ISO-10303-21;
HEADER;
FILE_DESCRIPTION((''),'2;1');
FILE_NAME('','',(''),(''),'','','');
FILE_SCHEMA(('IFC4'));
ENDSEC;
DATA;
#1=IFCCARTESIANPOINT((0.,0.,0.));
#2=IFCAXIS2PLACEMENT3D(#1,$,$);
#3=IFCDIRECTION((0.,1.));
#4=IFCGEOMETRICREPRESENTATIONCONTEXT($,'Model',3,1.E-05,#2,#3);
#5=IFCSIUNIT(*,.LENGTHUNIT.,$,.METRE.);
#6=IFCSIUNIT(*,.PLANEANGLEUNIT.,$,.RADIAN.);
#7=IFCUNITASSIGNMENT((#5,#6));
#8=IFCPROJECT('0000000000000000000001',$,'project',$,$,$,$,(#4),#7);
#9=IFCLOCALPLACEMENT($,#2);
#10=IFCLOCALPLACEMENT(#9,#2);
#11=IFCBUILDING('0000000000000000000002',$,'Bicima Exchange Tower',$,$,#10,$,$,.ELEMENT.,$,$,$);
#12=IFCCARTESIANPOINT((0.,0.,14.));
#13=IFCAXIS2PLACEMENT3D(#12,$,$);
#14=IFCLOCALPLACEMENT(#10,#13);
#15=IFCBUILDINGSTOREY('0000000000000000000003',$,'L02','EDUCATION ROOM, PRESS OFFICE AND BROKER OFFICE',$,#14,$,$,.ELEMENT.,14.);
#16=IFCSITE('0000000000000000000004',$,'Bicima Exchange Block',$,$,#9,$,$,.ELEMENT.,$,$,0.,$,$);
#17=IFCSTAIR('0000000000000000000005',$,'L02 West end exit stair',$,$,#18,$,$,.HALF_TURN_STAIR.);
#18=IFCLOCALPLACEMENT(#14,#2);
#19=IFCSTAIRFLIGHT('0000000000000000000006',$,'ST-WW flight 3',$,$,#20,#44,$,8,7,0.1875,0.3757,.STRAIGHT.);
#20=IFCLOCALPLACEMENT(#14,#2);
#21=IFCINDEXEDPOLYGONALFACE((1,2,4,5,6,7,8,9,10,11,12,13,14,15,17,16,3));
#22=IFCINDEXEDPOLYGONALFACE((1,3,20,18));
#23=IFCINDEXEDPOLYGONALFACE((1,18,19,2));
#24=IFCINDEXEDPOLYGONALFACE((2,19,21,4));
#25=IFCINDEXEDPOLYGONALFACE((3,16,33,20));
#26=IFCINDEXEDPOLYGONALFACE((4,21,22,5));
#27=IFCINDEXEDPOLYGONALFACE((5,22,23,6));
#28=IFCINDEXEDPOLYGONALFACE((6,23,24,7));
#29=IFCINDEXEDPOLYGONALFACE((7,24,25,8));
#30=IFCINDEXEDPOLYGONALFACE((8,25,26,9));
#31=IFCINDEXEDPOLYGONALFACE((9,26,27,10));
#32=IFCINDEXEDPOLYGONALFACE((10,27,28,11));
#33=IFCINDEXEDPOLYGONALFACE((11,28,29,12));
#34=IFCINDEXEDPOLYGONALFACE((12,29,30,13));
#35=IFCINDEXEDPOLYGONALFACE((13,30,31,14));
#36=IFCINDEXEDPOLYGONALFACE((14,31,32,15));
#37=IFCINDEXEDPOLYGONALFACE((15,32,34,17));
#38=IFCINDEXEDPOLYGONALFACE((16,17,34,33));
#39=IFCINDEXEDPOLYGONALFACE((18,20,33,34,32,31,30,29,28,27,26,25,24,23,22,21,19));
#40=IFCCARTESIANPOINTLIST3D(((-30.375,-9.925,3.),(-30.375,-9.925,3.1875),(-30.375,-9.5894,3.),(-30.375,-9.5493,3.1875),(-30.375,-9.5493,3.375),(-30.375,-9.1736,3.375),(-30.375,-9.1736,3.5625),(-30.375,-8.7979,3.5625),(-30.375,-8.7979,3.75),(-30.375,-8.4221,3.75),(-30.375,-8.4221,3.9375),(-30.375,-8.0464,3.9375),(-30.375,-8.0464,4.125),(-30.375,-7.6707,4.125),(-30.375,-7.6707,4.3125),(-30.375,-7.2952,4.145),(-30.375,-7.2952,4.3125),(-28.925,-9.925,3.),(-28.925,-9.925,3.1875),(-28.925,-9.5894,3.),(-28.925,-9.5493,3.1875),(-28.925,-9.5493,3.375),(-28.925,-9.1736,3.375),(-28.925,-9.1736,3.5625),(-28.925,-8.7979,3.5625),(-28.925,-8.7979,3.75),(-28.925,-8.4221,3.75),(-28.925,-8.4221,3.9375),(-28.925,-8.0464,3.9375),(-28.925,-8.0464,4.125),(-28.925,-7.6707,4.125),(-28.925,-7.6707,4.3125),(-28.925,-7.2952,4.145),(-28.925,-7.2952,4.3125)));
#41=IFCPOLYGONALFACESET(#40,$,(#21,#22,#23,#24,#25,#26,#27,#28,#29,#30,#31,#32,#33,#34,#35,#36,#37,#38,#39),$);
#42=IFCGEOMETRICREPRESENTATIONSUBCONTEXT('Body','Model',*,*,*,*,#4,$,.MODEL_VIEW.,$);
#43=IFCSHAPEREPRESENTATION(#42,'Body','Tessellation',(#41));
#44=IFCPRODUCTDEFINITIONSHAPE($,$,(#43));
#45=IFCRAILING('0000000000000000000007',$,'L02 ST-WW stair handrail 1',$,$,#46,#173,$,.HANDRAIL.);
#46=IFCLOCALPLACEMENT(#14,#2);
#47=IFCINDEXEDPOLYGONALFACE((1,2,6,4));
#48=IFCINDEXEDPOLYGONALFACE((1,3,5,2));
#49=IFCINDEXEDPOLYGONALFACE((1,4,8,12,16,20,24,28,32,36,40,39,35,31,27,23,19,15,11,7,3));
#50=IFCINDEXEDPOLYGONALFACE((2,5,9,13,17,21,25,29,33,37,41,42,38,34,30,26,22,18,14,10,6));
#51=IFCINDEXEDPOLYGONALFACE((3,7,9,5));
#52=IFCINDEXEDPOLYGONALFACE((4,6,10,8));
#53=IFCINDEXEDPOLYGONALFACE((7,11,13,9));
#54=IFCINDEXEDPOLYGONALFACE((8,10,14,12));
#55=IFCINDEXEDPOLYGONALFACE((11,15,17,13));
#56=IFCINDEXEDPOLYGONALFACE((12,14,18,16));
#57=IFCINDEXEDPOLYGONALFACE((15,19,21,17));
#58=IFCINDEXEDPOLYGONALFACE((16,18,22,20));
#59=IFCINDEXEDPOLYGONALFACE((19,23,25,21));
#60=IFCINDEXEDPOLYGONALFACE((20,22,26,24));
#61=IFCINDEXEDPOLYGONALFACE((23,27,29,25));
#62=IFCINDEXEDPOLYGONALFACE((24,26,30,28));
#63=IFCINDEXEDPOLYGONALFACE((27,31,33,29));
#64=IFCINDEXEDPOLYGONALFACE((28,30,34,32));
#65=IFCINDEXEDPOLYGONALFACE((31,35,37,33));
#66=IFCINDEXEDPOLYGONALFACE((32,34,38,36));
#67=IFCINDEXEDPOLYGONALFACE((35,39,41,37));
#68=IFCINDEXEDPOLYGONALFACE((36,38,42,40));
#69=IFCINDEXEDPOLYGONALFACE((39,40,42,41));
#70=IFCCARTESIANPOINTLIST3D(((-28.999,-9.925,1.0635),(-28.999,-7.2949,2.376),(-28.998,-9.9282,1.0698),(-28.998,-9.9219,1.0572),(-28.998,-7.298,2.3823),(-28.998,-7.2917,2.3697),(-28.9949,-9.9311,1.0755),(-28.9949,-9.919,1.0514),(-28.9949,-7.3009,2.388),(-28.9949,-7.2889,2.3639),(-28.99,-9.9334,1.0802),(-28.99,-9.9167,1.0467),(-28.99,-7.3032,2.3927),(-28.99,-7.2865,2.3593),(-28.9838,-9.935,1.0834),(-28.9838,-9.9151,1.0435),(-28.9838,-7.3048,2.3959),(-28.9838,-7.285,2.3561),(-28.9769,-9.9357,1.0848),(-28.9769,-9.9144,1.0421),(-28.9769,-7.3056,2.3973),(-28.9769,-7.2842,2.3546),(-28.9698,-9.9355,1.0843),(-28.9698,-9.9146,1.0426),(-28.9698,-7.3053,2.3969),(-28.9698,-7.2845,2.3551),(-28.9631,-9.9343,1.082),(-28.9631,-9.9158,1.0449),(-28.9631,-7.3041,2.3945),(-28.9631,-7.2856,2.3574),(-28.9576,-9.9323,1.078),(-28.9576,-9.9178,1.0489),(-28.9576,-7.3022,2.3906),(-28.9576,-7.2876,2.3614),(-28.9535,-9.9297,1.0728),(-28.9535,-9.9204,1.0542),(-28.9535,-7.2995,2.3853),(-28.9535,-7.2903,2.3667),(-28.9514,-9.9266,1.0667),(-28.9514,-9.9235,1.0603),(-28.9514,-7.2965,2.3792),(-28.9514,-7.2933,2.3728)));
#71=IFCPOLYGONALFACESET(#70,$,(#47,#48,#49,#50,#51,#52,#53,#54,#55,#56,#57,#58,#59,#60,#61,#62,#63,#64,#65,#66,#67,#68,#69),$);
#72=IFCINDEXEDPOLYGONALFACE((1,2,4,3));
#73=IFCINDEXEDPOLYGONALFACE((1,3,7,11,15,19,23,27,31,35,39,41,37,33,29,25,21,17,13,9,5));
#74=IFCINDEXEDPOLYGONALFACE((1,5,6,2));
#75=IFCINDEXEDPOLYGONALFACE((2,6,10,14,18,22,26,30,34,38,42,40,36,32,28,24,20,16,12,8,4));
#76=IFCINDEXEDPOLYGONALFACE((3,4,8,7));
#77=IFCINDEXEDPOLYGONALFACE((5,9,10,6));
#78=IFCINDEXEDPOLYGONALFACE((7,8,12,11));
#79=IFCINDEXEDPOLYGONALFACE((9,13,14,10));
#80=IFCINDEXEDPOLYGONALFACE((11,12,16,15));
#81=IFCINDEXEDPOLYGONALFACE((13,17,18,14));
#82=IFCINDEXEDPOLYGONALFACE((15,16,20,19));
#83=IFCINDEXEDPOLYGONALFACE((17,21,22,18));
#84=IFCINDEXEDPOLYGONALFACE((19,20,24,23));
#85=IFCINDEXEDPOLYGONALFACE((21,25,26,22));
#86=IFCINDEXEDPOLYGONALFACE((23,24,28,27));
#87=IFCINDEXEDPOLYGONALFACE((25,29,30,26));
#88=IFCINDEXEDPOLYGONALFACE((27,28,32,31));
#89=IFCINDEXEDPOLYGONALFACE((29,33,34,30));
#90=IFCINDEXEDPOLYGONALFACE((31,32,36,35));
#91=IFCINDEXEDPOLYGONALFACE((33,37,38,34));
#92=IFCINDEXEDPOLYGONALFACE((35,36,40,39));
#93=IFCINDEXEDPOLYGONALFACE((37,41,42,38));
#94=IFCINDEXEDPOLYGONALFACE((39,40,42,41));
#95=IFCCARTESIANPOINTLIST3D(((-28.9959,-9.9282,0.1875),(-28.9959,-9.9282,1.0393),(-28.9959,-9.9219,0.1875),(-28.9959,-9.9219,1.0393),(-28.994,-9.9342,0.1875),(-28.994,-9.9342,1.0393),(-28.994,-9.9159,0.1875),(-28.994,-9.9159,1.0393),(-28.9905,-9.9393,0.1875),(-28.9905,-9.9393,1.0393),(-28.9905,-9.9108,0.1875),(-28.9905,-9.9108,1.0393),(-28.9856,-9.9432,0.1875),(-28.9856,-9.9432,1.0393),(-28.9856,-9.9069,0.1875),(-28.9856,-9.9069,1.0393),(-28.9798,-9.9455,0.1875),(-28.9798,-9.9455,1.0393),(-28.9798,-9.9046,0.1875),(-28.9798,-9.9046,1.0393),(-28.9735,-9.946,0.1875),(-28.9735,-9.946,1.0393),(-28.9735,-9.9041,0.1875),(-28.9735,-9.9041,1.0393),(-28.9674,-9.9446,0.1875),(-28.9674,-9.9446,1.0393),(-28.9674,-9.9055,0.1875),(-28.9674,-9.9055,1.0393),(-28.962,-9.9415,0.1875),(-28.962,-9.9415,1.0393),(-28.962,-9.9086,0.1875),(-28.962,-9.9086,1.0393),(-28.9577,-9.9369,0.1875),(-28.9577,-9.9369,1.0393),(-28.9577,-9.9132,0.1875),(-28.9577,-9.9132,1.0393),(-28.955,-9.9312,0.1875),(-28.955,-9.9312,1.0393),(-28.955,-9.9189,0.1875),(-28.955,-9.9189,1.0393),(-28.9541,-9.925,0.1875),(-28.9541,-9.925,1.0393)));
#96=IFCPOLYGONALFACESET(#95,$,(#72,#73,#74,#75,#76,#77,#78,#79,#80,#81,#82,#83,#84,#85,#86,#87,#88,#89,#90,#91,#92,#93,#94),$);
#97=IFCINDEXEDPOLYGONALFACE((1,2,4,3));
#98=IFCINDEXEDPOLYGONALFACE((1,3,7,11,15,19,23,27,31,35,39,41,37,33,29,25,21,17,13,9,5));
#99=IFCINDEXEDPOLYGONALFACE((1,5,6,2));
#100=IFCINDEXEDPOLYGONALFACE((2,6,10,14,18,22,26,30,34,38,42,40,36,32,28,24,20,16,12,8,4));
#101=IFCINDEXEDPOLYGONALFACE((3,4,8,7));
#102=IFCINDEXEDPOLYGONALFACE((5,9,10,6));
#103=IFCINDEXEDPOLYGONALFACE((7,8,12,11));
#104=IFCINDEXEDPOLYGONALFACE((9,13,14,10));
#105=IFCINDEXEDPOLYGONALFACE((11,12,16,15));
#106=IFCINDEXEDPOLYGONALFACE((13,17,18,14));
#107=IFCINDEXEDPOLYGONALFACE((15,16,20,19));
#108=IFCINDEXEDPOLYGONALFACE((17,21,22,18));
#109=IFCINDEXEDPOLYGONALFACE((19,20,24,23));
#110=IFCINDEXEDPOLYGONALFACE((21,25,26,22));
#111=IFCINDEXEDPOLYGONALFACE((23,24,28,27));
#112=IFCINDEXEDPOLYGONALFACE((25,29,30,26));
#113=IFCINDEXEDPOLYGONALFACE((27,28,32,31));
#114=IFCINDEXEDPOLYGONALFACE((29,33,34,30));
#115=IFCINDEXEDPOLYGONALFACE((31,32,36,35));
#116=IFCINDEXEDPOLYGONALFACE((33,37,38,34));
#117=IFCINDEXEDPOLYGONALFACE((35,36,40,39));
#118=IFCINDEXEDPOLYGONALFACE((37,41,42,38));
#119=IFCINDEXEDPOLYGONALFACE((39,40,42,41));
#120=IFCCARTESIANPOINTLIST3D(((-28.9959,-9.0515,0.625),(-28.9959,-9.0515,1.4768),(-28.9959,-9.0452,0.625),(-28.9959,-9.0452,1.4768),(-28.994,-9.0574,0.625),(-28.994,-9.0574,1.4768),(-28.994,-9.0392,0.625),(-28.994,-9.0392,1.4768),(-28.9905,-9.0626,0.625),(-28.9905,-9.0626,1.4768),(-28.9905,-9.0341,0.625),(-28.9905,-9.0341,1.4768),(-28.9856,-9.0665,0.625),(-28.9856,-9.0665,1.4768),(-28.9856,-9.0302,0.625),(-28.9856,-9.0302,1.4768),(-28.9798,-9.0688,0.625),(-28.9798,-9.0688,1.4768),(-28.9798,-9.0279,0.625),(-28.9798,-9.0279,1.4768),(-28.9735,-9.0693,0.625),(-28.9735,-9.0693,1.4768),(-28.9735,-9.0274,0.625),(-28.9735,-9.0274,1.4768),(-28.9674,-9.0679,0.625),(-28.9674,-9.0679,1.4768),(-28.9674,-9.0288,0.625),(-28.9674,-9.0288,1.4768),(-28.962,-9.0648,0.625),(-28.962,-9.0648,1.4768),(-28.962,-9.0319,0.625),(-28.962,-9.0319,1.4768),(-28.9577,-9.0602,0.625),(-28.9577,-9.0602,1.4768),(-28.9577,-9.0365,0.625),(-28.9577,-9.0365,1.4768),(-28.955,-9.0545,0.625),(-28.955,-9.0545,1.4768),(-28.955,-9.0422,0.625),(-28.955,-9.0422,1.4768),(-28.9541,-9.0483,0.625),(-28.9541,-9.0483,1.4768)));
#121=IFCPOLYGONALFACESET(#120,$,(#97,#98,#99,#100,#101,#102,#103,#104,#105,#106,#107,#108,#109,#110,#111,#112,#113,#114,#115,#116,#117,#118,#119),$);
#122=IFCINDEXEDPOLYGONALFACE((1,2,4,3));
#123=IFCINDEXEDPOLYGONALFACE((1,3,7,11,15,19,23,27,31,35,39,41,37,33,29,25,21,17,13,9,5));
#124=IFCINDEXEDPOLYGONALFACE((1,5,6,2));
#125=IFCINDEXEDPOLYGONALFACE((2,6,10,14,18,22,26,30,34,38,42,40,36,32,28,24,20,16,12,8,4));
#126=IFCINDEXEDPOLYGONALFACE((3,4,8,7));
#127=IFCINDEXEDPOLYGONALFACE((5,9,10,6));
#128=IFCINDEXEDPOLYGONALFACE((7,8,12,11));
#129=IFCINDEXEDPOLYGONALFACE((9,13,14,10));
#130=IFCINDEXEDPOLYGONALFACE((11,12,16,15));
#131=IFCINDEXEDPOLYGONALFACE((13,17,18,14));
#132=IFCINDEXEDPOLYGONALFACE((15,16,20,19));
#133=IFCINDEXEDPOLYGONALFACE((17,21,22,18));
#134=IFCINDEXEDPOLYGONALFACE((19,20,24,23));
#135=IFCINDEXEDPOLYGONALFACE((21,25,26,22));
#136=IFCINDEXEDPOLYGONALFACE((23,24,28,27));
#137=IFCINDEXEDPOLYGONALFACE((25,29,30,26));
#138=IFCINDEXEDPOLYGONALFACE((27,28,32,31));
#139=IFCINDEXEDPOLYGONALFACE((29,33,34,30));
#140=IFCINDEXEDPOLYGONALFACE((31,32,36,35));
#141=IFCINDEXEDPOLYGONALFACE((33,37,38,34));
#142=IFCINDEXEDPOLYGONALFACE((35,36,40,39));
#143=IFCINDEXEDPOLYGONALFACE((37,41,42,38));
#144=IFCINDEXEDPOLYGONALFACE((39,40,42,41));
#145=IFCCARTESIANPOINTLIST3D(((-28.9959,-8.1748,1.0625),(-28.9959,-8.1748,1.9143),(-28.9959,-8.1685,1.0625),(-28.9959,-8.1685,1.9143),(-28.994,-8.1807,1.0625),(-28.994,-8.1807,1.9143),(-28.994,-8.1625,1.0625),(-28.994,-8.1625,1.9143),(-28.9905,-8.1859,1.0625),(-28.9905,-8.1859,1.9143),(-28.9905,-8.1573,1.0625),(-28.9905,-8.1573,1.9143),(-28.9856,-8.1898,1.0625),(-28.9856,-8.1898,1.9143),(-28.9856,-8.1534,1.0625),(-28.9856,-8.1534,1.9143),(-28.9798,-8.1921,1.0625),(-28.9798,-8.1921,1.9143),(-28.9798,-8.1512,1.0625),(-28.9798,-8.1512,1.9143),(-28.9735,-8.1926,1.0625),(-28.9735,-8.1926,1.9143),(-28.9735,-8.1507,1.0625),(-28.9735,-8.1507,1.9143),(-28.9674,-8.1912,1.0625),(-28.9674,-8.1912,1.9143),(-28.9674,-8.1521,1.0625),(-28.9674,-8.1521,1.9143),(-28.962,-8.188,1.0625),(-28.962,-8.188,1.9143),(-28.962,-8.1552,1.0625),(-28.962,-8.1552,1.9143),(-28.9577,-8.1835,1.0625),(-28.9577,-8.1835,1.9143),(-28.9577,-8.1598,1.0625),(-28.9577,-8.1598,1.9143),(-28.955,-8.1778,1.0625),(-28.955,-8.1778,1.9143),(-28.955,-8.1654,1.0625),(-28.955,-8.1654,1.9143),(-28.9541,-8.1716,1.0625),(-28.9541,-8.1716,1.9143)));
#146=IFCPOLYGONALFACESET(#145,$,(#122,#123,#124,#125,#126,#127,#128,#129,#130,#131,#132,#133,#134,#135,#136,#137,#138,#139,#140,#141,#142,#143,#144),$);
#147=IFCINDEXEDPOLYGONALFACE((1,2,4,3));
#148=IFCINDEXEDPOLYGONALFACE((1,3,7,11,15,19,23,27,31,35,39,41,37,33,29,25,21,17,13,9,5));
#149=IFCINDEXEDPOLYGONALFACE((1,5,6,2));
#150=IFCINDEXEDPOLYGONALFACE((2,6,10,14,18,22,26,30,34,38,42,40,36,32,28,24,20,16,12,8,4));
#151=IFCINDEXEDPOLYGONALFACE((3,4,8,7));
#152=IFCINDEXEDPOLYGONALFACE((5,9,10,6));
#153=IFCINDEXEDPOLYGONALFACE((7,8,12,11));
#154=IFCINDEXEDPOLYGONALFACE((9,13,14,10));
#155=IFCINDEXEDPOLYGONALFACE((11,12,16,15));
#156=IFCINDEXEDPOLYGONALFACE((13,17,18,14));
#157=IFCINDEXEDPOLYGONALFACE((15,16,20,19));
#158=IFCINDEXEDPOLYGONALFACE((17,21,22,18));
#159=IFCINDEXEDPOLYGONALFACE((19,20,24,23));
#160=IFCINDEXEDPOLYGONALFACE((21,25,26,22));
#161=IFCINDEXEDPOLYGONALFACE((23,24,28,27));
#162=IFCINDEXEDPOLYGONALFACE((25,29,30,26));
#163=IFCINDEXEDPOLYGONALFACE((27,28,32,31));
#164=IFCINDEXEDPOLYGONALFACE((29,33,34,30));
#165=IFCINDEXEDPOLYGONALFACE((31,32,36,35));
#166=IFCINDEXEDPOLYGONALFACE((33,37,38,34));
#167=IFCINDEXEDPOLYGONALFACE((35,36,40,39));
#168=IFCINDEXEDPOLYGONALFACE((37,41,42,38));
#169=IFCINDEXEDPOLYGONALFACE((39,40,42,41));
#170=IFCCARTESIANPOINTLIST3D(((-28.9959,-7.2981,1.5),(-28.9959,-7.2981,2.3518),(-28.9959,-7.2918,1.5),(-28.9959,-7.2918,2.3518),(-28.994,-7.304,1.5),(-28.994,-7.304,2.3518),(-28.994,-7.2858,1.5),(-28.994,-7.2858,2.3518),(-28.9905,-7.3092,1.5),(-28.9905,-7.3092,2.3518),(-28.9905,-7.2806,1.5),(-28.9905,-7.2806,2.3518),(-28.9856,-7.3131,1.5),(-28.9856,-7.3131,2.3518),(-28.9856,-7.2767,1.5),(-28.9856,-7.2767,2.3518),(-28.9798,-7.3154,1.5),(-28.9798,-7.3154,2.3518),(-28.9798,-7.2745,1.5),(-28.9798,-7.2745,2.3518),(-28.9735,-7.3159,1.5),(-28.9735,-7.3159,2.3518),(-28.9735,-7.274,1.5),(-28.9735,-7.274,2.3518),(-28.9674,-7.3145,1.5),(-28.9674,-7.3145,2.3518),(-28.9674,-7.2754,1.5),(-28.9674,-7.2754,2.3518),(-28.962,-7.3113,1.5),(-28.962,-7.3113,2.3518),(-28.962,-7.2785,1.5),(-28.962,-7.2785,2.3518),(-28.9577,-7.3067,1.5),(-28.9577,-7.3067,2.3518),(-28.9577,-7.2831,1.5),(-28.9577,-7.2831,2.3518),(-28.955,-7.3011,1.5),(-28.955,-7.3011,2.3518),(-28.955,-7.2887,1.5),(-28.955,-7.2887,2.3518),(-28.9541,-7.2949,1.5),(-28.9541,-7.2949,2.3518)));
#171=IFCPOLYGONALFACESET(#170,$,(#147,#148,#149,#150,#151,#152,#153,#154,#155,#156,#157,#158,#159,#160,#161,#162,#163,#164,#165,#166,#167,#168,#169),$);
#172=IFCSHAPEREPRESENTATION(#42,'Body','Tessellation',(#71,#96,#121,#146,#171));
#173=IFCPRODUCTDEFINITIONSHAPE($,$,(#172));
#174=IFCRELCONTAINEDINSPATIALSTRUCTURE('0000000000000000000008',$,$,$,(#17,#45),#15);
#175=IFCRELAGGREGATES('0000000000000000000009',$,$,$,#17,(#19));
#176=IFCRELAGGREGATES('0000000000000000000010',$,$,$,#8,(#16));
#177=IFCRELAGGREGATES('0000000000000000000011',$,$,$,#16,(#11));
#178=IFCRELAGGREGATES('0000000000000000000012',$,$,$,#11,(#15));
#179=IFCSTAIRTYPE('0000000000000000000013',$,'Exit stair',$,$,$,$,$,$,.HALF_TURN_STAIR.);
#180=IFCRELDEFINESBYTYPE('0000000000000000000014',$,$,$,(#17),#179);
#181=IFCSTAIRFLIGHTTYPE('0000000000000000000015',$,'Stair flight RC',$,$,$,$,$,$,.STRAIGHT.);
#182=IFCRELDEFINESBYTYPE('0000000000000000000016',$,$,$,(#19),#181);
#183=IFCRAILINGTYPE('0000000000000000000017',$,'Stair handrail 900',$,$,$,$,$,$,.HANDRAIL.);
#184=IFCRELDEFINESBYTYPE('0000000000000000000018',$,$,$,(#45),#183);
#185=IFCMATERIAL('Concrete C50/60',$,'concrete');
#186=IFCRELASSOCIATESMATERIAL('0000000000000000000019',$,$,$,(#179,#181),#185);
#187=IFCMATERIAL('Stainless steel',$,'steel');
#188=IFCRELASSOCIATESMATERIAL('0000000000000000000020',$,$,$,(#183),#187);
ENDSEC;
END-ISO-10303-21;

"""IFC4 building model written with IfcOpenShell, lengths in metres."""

from ifc_helpers import new_model, si_unit, direction, frame, origin, origin_2d, place, context, subcontext, project, spatial, polyline, circle, outline, extrude, material, type_object, element, aggregate, save


model = new_model("IFC4")

# Units and contexts
model_context = context("Model", 3, precision=1e-05, world=origin(), true_north=direction((0.0, 1.0)))
body_context = subcontext(model_context, "Body", "Model", "MODEL_VIEW")
ifc_project = project(units=[si_unit("LENGTHUNIT", "METRE"), si_unit("PLANEANGLEUNIT", "RADIAN")], contexts=[model_context])

# Site, building, storey
site_placement = place(None, origin())
site = spatial("IfcSite", under=ifc_project, at=site_placement, Name="Bicima Exchange Block", CompositionType="ELEMENT", RefElevation=0.0)
building_placement = place(site_placement, origin())
building = spatial("IfcBuilding", under=site, at=building_placement, Name="Bicima Exchange Tower", CompositionType="ELEMENT")
storey_placement = place(building_placement, frame((0.0, 0.0, 14.0)))
storey = spatial("IfcBuildingStorey", under=building, at=storey_placement, Name="L02", Description="EDUCATION ROOM, PRESS OFFICE AND BROKER OFFICE", CompositionType="ELEMENT", Elevation=14.0)

# Shared definitions
ifc_material_1 = material(Name="Concrete C50/60", Category="concrete")

# Stair, stair flight
stair_type = type_object("IfcStairType", Name="Exit stair", PredefinedType="HALF_TURN_STAIR", material=ifc_material_1)
stair_placement = place(storey_placement, origin())
stair = element("IfcStair", 1, at=stair_placement, inside=storey, type_object=stair_type, Name="L02 West end exit stair", PredefinedType="HALF_TURN_STAIR")
stair_flight_type = type_object("IfcStairFlightType", Name="Stair flight RC", PredefinedType="STRAIGHT", material=ifc_material_1)
stair_flight_1_placement = place(storey_placement, frame((-29.6499, -9.925, 3.0), z_axis=(0.0, 0.0, 1.0), x_axis=(0.0, 1.0, 0.0)))
stair_flight_1 = element("IfcStairFlight", 2, at=stair_flight_1_placement, type_object=stair_flight_type, Name="ST-WW flight 3", NumberOfRisers=8, NumberOfTreads=7, PredefinedType="STRAIGHT", RiserHeight=0.1875, TreadLength=0.3757, context=body_context, shape_type="SweptSolid", body=[
    extrude(outline(polyline([(0.0, 0.0), (0.0, 0.1875), (0.3757, 0.1875), (0.3757, 0.375), (0.7515, 0.375), (0.7515, 0.5625), (1.1272, 0.5625), (1.1272, 0.75), (1.5029, 0.75), (1.5029, 0.9375), (1.8787, 0.9375), (1.8787, 1.125), (2.2544, 1.125), (2.2544, 1.3125), (2.6299, 1.3125), (2.6299, 1.5), (2.6299, 1.145), (0.3357, 0.0), (0.0, 0.0)])), frame((0.0, 0.7251, 0.0), z_axis=(0.0, -1.0, 0.0), x_axis=(1.0, 0.0, 0.0)), (0.0, 0.0, 1.0), 1.45),
])
aggregate(stair, [stair_flight_1])

# Railing
ifc_material_2 = material(Name="Stainless steel", Category="steel")
railing_type_1 = type_object("IfcRailingType", Name="Stair handrail 900", PredefinedType="HANDRAIL", material=ifc_material_2)
railing_1_placement = place(storey_placement, frame((-28.9751, -9.925, 0.1875)))
element("IfcRailing", 3, at=railing_1_placement, inside=storey, type_object=railing_type_1, Name="L02 ST-WW stair handrail 1", PredefinedType="HANDRAIL", context=body_context, shape_type="SweptSolid", body=[
    extrude(circle(Radius=0.0239, at=origin_2d()), frame((0.0, 0.0, 0.876), z_axis=(0.0, 0.894776, 0.446516), x_axis=(-1.0, 0.0, 0.0)), (0.0, 0.0, 1.0), 2.9395),
    extrude(circle(Radius=0.021, at=origin_2d()), origin(), (0.0, 0.0, 1.0), 0.8518),
    extrude(circle(Radius=0.021, at=origin_2d()), frame((0.0, 0.8767, 0.4375)), (0.0, 0.0, 1.0), 0.8518),
    extrude(circle(Radius=0.021, at=origin_2d()), frame((0.0, 1.7534, 0.875)), (0.0, 0.0, 1.0), 0.8518),
    extrude(circle(Radius=0.021, at=origin_2d()), frame((0.0, 2.6301, 1.3125)), (0.0, 0.0, 1.0), 0.8518),
])

save(model, "model.ifc")
